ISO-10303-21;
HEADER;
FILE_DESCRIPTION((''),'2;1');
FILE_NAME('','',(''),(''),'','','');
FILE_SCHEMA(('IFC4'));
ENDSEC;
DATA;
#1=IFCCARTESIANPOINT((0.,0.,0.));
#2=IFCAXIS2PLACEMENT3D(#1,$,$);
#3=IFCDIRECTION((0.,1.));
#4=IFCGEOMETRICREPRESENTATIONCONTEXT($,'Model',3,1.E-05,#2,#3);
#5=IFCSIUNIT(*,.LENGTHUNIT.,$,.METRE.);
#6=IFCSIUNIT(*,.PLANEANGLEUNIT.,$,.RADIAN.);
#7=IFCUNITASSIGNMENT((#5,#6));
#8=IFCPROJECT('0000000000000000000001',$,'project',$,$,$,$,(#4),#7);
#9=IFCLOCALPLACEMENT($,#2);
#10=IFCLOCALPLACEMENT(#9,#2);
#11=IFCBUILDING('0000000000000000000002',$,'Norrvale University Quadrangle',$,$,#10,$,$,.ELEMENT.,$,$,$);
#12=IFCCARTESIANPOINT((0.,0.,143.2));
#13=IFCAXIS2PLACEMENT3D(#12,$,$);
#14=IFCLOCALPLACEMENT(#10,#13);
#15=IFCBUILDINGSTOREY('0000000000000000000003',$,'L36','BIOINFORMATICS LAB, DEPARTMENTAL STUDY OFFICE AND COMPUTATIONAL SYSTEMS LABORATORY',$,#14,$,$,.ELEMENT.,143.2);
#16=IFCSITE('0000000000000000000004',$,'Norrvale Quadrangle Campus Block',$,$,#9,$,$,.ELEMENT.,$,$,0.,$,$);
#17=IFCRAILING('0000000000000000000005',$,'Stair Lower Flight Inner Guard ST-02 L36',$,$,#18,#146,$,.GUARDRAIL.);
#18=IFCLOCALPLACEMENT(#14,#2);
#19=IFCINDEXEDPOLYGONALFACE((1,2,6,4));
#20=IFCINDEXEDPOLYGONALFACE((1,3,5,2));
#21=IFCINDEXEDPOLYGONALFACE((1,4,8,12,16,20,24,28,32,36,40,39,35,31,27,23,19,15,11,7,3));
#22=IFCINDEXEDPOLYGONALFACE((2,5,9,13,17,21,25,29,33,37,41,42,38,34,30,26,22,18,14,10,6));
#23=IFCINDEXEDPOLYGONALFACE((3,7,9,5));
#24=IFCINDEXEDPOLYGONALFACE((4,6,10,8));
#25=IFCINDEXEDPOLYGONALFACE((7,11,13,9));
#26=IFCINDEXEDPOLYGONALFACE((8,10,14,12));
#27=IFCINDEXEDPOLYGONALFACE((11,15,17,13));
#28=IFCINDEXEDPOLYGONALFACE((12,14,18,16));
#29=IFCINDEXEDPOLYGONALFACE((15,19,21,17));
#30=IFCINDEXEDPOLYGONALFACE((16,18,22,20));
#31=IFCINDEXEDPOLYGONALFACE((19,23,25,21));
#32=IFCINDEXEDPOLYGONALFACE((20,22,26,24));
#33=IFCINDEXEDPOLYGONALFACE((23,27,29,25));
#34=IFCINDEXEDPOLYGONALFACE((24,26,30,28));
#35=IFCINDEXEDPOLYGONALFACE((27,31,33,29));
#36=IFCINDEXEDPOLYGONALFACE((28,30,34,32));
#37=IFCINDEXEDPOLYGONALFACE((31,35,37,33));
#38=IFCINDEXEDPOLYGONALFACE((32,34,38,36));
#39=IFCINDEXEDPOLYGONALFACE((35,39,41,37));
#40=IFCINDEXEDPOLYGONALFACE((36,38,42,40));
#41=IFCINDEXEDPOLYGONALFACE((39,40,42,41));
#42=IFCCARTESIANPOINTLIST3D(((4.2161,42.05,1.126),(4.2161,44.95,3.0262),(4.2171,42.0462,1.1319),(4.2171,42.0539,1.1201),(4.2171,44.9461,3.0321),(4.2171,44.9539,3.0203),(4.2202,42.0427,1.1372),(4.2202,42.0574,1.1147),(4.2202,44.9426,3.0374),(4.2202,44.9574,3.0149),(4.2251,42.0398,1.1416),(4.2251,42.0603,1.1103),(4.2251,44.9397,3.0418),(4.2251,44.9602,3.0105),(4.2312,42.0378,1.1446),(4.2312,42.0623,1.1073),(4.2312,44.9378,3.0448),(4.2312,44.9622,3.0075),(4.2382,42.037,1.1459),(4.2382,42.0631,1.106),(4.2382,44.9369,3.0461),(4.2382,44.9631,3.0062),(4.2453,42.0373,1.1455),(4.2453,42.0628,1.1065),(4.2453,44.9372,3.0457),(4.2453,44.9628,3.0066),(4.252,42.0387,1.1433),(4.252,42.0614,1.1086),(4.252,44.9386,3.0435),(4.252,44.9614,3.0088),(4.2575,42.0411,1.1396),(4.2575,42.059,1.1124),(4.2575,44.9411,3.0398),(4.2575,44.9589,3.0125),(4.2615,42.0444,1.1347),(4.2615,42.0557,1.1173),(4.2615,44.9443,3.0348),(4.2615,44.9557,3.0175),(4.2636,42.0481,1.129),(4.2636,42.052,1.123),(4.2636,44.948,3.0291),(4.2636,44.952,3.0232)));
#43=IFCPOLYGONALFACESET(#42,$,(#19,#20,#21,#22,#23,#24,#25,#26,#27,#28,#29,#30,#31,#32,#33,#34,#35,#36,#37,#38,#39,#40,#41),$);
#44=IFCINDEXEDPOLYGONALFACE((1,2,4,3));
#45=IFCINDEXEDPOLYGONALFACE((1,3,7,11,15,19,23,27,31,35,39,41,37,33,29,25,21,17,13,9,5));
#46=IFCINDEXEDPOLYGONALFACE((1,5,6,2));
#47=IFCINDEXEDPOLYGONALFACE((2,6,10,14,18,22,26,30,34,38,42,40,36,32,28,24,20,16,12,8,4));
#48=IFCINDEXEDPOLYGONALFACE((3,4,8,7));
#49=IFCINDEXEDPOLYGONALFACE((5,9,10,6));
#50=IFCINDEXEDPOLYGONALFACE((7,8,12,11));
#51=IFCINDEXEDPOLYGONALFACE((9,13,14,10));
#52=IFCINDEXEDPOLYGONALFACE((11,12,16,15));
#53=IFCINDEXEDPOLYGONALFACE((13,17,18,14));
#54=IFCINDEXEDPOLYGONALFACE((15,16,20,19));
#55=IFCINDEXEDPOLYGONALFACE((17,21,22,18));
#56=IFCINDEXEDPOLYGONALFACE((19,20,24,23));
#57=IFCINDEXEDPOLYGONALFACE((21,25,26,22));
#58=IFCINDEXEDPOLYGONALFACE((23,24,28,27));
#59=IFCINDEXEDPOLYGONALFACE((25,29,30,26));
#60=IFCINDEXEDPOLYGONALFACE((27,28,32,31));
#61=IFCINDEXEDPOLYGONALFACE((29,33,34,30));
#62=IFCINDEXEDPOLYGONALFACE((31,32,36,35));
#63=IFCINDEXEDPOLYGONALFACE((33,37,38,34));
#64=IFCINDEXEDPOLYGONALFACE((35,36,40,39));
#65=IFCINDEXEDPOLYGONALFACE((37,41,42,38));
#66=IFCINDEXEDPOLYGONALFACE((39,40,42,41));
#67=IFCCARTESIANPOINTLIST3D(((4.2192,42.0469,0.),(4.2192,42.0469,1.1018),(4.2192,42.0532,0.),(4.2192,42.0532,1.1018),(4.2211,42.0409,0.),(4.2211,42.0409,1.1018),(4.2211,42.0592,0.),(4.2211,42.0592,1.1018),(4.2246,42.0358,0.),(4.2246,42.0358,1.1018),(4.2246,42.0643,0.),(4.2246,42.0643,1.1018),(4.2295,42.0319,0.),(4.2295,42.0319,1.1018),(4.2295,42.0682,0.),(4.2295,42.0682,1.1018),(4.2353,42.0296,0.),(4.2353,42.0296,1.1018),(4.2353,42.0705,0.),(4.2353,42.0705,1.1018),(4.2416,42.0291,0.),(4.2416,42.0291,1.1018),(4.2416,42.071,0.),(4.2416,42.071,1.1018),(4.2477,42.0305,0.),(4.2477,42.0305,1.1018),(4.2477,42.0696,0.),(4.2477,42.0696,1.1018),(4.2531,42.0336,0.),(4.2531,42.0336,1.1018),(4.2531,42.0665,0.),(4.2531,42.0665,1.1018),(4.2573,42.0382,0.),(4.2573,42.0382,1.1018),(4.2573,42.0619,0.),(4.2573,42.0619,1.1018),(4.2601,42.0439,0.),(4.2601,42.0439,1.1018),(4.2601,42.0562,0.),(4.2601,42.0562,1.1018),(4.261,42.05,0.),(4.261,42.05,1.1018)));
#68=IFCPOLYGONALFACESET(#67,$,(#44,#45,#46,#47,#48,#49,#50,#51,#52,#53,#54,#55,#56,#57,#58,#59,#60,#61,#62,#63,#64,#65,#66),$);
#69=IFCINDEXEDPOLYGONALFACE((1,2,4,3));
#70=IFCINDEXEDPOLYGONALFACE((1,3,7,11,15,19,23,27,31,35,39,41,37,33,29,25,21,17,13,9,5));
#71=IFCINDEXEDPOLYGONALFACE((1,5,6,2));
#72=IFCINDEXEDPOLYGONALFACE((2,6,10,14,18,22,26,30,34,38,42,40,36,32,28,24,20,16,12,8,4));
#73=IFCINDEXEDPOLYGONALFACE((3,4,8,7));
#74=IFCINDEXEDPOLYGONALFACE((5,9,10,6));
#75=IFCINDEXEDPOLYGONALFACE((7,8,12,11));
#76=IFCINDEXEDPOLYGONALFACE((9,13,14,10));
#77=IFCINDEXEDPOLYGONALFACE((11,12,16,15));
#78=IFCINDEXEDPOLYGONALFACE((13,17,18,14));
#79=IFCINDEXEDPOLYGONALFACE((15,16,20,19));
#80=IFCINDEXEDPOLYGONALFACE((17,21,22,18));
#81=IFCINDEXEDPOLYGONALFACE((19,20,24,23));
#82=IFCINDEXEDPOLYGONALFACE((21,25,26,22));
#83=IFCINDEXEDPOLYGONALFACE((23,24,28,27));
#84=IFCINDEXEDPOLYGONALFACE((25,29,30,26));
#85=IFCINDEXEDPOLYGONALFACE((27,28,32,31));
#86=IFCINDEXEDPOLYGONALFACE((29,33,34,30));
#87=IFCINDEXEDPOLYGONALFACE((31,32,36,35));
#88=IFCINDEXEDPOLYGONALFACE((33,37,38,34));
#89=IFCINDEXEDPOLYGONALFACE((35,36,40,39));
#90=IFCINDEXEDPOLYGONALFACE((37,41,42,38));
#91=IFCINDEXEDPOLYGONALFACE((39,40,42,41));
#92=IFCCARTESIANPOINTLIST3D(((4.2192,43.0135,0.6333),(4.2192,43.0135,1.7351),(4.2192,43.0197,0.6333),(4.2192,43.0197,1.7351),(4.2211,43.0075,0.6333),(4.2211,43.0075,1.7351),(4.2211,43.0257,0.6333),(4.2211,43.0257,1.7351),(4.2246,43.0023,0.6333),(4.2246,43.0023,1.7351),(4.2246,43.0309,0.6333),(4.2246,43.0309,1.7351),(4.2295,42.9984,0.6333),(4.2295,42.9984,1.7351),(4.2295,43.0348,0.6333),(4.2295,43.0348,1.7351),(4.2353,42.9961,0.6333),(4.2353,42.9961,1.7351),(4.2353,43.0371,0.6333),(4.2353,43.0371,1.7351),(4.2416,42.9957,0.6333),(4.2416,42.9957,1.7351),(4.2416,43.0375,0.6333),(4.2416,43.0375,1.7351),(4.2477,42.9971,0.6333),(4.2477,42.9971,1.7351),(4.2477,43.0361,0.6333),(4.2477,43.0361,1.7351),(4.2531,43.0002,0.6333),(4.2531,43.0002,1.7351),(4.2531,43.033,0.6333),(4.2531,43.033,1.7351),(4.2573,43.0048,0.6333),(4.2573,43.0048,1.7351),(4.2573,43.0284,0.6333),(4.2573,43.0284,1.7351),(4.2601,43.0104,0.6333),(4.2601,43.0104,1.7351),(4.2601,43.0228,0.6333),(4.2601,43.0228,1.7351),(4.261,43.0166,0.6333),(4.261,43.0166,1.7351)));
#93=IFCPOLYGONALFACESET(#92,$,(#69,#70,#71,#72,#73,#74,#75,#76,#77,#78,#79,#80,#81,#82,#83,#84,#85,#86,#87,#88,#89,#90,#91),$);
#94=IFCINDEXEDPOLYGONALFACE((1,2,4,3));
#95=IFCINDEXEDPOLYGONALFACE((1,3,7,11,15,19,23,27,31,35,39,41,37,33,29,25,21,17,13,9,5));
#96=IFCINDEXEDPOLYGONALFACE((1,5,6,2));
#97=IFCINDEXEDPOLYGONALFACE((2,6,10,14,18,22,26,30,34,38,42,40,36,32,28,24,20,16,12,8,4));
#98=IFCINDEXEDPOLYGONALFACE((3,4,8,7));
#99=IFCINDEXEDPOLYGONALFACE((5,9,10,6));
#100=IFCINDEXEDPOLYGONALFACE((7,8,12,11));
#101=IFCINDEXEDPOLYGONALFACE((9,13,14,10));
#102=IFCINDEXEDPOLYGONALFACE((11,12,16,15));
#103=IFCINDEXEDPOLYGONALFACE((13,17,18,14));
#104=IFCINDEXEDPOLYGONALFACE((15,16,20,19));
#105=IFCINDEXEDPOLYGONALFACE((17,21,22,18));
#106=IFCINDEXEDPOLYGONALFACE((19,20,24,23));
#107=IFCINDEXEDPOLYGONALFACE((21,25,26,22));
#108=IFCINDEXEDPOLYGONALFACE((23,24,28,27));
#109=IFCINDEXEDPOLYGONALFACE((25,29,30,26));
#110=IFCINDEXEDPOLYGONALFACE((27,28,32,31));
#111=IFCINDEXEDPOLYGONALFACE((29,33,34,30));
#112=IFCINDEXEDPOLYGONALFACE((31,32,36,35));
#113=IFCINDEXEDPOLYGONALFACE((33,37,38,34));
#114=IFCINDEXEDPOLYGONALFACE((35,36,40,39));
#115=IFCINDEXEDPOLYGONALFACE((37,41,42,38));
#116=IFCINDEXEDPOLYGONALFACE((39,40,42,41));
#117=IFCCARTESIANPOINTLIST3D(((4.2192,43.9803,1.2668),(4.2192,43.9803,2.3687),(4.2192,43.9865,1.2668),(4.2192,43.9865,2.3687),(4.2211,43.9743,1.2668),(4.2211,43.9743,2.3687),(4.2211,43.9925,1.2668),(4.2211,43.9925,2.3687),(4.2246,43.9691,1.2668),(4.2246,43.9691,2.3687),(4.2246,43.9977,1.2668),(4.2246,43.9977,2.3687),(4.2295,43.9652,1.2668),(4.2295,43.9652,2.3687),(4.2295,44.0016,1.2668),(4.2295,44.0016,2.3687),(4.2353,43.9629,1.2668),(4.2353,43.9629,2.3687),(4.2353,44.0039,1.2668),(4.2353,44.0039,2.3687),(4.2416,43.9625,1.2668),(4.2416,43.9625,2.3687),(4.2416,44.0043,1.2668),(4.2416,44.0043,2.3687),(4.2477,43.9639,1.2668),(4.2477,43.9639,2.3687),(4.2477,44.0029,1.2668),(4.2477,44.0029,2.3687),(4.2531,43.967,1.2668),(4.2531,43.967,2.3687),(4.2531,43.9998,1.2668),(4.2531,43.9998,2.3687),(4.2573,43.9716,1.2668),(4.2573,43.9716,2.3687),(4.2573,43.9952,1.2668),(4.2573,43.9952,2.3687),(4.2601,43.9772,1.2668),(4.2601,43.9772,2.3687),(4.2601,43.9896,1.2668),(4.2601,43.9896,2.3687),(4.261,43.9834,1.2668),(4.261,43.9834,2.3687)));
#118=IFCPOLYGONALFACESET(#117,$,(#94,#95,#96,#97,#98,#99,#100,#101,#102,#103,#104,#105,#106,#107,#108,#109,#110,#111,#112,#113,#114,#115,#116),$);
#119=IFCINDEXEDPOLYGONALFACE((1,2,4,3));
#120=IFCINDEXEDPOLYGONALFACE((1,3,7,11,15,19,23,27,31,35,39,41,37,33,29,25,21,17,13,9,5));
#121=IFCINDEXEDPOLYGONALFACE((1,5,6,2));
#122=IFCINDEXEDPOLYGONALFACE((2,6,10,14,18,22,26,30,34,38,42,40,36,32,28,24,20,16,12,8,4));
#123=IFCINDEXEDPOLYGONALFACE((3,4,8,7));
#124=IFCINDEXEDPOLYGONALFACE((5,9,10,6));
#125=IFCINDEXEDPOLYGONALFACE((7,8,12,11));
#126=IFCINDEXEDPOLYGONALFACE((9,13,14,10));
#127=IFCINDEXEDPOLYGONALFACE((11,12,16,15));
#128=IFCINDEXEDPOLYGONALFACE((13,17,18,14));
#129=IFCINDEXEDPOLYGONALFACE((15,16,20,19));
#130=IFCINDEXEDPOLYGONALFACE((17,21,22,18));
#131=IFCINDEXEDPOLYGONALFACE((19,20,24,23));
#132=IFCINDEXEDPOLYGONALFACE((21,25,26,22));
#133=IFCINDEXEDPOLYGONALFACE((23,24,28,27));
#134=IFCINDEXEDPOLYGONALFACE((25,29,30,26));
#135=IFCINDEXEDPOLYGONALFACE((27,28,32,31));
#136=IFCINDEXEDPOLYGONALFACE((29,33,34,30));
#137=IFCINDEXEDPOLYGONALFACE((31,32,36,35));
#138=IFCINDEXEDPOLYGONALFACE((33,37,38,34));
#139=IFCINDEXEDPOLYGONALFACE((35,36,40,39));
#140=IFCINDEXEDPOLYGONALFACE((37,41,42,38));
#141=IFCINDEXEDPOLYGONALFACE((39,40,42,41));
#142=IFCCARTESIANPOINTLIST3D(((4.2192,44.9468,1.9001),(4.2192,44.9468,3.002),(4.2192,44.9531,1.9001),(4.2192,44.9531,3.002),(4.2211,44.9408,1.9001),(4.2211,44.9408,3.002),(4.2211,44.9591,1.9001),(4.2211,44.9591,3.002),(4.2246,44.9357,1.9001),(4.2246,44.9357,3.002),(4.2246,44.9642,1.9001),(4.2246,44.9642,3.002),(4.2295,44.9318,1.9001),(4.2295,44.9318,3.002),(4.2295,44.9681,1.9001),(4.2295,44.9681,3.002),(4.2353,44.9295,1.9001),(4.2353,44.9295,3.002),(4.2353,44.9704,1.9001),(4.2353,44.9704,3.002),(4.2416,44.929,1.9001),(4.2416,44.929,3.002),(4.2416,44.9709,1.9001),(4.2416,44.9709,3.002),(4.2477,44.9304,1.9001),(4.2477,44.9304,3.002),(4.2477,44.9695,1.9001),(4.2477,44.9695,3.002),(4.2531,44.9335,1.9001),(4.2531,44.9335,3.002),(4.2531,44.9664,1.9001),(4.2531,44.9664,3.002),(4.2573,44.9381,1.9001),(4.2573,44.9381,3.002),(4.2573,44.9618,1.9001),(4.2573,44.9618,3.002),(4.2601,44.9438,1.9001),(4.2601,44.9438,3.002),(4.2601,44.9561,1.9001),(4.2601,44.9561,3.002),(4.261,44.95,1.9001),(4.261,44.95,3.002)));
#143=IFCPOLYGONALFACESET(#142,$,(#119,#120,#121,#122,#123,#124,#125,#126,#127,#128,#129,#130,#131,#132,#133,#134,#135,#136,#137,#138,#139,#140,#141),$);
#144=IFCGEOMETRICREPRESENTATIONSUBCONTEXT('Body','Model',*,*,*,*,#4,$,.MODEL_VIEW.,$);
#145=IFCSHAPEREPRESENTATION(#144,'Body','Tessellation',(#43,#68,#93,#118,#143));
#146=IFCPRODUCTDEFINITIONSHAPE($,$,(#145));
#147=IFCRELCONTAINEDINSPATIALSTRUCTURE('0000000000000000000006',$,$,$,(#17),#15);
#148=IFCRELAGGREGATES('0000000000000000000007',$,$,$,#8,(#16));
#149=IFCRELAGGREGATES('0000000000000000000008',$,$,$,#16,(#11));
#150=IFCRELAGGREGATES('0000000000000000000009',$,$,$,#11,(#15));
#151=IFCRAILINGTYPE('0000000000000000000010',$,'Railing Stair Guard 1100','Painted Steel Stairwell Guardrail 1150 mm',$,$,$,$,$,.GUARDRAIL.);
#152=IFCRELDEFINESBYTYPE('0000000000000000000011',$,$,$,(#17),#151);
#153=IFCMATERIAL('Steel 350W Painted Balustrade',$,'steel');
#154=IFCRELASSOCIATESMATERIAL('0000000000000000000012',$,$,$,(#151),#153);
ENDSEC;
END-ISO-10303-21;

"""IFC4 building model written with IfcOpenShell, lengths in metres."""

from ifc_helpers import new_model, si_unit, direction, frame, origin, origin_2d, place, context, subcontext, project, spatial, circle, extrude, material, type_object, element, save


model = new_model("IFC4")

# Units and contexts
model_context = context("Model", 3, precision=1e-05, world=origin(), true_north=direction((0.0, 1.0)))
body_context = subcontext(model_context, "Body", "Model", "MODEL_VIEW")
ifc_project = project(units=[si_unit("LENGTHUNIT", "METRE"), si_unit("PLANEANGLEUNIT", "RADIAN")], contexts=[model_context])

# Site, building, storey
site_placement = place(None, origin())
site = spatial("IfcSite", under=ifc_project, at=site_placement, Name="Norrvale Quadrangle Campus Block", CompositionType="ELEMENT", RefElevation=0.0)
building_placement = place(site_placement, origin())
building = spatial("IfcBuilding", under=site, at=building_placement, Name="Norrvale University Quadrangle", CompositionType="ELEMENT")
storey_placement = place(building_placement, frame((0.0, 0.0, 143.2)))
storey = spatial("IfcBuildingStorey", under=building, at=storey_placement, Name="L36", Description="BIOINFORMATICS LAB, DEPARTMENTAL STUDY OFFICE AND COMPUTATIONAL SYSTEMS LABORATORY", CompositionType="ELEMENT", Elevation=143.2)

# Railing
ifc_material_1 = material(Name="Steel 350W Painted Balustrade", Category="steel")
railing_type_1 = type_object("IfcRailingType", Name="Railing Stair Guard 1100", Description="Painted Steel Stairwell Guardrail 1150 mm", PredefinedType="GUARDRAIL", material=ifc_material_1)
railing_1_placement = place(storey_placement, frame((4.24, 42.05, 0.0)))
element("IfcRailing", 1, at=railing_1_placement, inside=storey, type_object=railing_type_1, Name="Stair Lower Flight Inner Guard ST-02 L36", PredefinedType="GUARDRAIL", context=body_context, shape_type="SweptSolid", body=[
    extrude(circle(Radius=0.0239, at=origin_2d()), frame((0.0, 0.0, 1.126), z_axis=(0.0, 0.836433, 0.548069), x_axis=(-1.0, 0.0, 0.0)), (0.0, 0.0, 1.0), 3.467),
    extrude(circle(Radius=0.021, at=origin_2d()), origin(), (0.0, 0.0, 1.0), 1.1018),
    extrude(circle(Radius=0.021, at=origin_2d()), frame((0.0, 0.9666, 0.6333)), (0.0, 0.0, 1.0), 1.1018),
    extrude(circle(Radius=0.021, at=origin_2d()), frame((0.0, 1.9333, 1.2668)), (0.0, 0.0, 1.0), 1.1018),
    extrude(circle(Radius=0.021, at=origin_2d()), frame((0.0, 2.8999, 1.9001)), (0.0, 0.0, 1.0), 1.1018),
])

save(model, "model.ifc")
